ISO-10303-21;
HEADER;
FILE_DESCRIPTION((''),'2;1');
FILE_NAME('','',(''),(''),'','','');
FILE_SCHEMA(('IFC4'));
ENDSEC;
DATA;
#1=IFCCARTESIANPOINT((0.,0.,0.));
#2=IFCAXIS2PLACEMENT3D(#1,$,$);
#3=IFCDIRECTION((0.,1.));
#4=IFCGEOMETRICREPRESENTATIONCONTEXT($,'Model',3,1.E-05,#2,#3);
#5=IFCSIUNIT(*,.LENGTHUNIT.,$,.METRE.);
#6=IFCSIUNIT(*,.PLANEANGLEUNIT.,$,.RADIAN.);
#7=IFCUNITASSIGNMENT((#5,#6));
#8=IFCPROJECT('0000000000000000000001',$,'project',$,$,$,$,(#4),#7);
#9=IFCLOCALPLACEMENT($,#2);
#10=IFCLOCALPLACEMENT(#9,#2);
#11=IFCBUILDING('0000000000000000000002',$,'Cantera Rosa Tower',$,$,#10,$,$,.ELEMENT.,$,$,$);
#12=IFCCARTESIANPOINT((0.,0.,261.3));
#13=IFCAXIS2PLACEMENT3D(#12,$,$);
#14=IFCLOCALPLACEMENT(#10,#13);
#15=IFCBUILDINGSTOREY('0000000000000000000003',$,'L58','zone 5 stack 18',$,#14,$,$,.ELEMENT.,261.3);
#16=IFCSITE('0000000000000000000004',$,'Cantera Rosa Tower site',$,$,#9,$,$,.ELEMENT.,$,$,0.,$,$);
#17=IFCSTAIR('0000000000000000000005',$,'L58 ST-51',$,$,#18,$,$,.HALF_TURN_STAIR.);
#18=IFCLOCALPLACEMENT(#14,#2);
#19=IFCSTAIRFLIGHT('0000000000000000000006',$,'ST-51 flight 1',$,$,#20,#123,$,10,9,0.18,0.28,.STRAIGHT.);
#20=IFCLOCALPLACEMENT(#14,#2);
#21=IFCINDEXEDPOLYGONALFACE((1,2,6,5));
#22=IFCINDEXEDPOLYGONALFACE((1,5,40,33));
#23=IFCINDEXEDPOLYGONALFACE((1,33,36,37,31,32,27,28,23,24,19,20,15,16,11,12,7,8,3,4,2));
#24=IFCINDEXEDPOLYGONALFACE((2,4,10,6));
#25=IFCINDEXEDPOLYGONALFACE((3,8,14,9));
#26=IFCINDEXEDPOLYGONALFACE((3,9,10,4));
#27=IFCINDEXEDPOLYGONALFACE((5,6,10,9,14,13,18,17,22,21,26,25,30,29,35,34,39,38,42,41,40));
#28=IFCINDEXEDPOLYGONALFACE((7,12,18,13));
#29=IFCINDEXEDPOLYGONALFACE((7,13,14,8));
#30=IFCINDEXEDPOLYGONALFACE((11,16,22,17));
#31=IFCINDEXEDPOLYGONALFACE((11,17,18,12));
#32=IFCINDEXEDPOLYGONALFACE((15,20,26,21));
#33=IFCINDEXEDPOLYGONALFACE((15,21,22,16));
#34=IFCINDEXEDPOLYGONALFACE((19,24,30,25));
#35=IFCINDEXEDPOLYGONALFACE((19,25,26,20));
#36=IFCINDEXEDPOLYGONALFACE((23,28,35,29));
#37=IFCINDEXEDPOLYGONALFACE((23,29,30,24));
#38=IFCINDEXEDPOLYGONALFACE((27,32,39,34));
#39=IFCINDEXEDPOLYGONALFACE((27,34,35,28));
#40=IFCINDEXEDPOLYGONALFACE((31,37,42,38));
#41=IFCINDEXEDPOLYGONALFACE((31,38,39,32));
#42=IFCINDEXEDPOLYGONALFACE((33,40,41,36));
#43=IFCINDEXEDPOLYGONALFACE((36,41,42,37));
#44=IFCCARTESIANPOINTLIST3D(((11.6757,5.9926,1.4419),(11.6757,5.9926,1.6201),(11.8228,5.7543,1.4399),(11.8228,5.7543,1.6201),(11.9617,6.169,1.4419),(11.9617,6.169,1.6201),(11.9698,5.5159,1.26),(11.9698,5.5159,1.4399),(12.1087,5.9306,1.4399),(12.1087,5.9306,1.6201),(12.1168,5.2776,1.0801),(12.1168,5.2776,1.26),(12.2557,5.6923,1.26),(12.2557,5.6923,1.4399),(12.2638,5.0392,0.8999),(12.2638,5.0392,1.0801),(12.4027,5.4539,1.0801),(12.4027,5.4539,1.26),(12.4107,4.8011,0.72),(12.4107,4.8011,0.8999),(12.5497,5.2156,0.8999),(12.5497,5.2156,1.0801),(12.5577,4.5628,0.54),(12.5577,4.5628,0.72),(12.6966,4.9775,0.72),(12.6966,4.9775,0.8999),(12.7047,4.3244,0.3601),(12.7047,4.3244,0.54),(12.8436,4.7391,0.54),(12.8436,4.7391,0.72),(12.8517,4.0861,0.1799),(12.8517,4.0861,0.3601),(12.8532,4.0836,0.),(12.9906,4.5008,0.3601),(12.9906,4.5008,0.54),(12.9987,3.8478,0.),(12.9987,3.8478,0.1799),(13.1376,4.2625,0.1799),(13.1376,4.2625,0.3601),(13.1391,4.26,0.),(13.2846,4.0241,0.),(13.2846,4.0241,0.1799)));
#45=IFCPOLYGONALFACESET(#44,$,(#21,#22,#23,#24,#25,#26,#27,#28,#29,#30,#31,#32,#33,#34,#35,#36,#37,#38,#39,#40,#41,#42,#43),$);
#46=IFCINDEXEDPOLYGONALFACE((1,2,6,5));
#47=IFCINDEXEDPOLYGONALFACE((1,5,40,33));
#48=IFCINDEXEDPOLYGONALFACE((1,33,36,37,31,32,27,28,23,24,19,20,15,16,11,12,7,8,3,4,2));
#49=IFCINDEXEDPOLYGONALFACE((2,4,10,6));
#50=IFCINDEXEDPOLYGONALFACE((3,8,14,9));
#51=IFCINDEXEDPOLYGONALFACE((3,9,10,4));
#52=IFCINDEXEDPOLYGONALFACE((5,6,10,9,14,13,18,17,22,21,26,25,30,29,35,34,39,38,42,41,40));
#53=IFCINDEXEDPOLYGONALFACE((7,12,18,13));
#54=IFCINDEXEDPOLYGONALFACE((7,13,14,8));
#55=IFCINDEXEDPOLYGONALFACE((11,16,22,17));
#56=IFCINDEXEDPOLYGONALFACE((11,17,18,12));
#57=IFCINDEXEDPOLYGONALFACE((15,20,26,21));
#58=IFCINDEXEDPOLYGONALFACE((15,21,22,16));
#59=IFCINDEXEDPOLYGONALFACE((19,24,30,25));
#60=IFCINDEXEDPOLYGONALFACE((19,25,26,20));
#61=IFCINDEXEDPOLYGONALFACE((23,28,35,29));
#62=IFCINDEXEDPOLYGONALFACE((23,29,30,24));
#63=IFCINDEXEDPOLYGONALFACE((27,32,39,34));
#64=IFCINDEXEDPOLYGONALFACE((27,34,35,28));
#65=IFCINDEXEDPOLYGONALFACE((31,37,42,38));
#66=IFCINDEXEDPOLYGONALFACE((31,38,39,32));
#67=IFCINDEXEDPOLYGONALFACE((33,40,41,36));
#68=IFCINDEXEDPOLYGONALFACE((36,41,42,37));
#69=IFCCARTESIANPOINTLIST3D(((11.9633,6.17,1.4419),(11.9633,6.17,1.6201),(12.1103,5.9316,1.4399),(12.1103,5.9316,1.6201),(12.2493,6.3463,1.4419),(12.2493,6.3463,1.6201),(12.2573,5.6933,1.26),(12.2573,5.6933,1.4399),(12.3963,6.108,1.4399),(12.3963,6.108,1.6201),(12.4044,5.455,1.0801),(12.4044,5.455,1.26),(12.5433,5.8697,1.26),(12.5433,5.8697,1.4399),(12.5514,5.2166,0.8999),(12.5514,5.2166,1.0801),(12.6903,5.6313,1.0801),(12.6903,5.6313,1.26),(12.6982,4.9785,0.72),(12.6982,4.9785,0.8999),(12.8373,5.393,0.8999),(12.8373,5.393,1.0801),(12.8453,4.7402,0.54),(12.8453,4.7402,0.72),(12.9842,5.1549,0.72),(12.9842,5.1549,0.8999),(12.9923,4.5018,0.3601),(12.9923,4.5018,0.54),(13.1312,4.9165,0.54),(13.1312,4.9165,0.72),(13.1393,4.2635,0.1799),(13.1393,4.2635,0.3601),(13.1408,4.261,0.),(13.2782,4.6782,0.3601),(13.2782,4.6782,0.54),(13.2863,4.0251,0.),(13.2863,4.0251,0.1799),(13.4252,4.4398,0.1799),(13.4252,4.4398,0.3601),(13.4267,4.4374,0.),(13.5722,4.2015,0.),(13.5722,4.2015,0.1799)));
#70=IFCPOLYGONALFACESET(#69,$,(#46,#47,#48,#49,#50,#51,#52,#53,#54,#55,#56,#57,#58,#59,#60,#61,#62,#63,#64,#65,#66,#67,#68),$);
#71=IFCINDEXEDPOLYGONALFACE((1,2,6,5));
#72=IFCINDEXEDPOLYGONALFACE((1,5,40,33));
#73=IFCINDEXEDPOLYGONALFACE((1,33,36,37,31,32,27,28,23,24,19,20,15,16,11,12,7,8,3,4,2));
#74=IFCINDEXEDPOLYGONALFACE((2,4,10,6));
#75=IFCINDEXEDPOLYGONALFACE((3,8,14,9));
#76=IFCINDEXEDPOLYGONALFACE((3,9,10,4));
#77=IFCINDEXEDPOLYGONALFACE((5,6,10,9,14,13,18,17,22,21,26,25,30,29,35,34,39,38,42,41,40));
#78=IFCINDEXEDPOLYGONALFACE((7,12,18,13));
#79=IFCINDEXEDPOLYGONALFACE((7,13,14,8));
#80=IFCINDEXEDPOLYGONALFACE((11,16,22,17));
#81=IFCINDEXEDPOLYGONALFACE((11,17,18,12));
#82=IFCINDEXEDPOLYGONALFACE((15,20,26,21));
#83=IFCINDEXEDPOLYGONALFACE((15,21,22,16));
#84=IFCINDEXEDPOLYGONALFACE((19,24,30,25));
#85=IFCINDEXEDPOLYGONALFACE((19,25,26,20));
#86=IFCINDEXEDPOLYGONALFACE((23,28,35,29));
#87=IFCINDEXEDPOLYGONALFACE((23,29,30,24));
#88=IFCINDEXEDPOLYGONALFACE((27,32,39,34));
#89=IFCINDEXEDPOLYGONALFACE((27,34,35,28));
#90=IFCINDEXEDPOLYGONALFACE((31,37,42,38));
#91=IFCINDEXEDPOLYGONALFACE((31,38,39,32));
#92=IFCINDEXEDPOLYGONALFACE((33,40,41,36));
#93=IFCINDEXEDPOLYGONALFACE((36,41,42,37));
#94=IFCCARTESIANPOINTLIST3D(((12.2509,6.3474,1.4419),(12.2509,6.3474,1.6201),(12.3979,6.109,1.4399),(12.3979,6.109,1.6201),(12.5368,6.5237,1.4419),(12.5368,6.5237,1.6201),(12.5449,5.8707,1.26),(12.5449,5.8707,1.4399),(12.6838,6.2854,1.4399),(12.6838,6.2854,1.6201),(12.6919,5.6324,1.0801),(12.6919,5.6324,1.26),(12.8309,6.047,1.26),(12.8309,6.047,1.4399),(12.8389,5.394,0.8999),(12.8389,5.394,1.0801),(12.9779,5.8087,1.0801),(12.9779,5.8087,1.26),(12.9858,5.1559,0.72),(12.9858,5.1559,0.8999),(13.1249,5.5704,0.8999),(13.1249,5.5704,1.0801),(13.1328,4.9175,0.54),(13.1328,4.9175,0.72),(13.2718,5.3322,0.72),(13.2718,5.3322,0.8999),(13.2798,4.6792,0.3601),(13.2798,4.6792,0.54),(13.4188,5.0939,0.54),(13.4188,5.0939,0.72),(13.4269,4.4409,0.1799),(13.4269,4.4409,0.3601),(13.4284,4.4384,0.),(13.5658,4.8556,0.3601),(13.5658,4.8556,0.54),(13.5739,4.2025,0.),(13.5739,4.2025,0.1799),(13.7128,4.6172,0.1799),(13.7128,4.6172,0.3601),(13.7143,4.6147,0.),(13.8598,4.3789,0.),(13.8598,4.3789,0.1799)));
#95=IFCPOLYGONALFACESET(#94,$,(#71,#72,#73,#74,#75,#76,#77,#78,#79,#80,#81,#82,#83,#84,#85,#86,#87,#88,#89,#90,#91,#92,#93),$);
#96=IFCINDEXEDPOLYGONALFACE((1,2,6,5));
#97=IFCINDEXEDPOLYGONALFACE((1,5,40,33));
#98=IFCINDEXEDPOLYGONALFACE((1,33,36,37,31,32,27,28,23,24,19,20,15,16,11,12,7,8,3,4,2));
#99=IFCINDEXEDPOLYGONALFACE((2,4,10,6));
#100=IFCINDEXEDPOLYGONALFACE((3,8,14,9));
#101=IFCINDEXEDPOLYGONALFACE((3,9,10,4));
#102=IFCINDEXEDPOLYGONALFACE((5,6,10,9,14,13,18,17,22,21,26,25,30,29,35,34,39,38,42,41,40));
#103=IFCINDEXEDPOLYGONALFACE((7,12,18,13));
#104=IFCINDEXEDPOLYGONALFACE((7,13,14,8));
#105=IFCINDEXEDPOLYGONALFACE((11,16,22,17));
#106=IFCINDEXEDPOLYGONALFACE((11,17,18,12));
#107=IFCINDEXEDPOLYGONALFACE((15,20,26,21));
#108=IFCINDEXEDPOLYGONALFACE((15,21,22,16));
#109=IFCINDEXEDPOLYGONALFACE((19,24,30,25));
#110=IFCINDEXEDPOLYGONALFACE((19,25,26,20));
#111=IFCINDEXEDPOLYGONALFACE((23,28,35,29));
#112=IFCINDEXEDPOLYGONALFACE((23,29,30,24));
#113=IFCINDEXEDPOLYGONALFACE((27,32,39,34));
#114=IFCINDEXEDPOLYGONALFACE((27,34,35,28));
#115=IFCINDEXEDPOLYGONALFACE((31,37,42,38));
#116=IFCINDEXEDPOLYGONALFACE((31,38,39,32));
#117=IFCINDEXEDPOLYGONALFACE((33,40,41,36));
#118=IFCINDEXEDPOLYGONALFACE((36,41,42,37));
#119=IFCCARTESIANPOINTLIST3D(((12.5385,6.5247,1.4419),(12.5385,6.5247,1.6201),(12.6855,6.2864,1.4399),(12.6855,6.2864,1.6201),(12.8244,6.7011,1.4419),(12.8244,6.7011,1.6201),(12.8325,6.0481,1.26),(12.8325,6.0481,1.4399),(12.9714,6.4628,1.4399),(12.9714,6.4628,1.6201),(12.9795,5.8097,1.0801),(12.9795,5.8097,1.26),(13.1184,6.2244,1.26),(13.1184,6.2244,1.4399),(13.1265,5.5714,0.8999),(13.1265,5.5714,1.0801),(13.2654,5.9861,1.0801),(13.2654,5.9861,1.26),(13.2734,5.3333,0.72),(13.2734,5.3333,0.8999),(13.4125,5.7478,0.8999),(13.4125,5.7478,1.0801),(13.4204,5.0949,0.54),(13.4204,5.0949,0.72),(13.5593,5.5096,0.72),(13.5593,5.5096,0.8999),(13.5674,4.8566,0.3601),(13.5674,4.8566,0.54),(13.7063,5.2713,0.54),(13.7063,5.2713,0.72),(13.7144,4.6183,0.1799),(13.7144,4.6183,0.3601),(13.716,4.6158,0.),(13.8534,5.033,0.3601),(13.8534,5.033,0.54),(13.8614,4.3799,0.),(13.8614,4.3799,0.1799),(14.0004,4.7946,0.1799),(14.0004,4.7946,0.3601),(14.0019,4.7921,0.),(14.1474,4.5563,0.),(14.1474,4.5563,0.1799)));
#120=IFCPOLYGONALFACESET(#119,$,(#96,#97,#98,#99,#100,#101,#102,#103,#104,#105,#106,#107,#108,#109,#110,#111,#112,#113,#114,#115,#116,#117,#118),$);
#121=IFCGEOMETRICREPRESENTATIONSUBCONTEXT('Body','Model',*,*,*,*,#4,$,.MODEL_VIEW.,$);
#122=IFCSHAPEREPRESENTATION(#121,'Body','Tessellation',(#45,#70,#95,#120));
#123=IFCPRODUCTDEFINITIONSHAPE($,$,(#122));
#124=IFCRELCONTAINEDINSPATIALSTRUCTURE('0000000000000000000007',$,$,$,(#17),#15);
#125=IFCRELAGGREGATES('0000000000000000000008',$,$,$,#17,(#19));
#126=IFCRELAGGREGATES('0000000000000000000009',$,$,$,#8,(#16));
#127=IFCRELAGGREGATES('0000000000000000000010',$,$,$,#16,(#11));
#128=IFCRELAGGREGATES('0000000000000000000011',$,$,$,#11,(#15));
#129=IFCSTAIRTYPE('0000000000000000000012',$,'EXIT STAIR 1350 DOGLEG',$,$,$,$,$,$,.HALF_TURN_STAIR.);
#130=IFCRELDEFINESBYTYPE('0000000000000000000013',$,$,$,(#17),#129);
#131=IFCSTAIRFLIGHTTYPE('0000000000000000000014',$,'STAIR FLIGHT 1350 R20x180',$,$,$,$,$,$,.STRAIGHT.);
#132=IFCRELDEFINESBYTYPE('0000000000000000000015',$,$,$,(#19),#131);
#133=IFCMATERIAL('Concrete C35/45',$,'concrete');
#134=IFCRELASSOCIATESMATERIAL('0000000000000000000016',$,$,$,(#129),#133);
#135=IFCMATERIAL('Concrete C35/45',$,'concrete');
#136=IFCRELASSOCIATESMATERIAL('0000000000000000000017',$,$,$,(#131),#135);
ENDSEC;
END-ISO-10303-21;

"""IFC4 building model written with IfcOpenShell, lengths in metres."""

from ifc_helpers import new_model, si_unit, direction, frame, origin, place, context, subcontext, project, spatial, polyline, outline, extrude, material, type_object, element, aggregate, save


model = new_model("IFC4")

# Units and contexts
model_context = context("Model", 3, precision=1e-05, world=origin(), true_north=direction((0.0, 1.0)))
body_context = subcontext(model_context, "Body", "Model", "MODEL_VIEW")
ifc_project = project(units=[si_unit("LENGTHUNIT", "METRE"), si_unit("PLANEANGLEUNIT", "RADIAN")], contexts=[model_context])

# Site, building, storey
site_placement = place(None, origin())
site = spatial("IfcSite", under=ifc_project, at=site_placement, Name="Cantera Rosa Tower site", CompositionType="ELEMENT", RefElevation=0.0)
building_placement = place(site_placement, origin())
building = spatial("IfcBuilding", under=site, at=building_placement, Name="Cantera Rosa Tower", CompositionType="ELEMENT")
storey_placement = place(building_placement, frame((0.0, 0.0, 261.3)))
storey = spatial("IfcBuildingStorey", under=building, at=storey_placement, Name="L58", Description="zone 5 stack 18", CompositionType="ELEMENT", Elevation=261.3)

# Stair, stair flight
ifc_material_1 = material(Name="Concrete C35/45", Category="concrete")
stair_type = type_object("IfcStairType", Name="EXIT STAIR 1350 DOGLEG", PredefinedType="HALF_TURN_STAIR", material=ifc_material_1)
stair_placement = place(storey_placement, origin())
stair = element("IfcStair", 1, at=stair_placement, inside=storey, type_object=stair_type, Name="L58 ST-51", PredefinedType="HALF_TURN_STAIR")
ifc_material_2 = material(Name="Concrete C35/45", Category="concrete")
stair_flight_type = type_object("IfcStairFlightType", Name="STAIR FLIGHT 1350 R20x180", PredefinedType="STRAIGHT", material=ifc_material_2)
stair_flight_placement = place(storey_placement, frame((13.5732, 4.2021, 0.0), z_axis=(0.0, 0.0, 1.0), x_axis=(-0.524977, 0.851117, 0.0)))
stair_flight = element("IfcStairFlight", 2, at=stair_flight_placement, type_object=stair_flight_type, Name="ST-51 flight 1", NumberOfRisers=10, NumberOfTreads=9, PredefinedType="STRAIGHT", RiserHeight=0.18, TreadLength=0.28, context=body_context, shape_type="SweptSolid", body=[
    extrude(outline(polyline([(0.0, 0.0), (0.0, 0.1799), (0.28, 0.1799), (0.28, 0.3601), (0.5601, 0.3601), (0.5601, 0.54), (0.8401, 0.54), (0.8401, 0.72), (1.1201, 0.72), (1.1201, 0.8999), (1.3999, 0.8999), (1.3999, 1.0801), (1.6799, 1.0801), (1.6799, 1.26), (1.96, 1.26), (1.96, 1.4399), (2.24, 1.4399), (2.24, 1.6201), (2.52, 1.6201), (2.52, 1.8), (2.52, 1.4419), (0.2771, 0.0), (0.0, 0.0)])), frame((0.0, 0.675, 0.0), z_axis=(0.0, -1.0, 0.0), x_axis=(1.0, 0.0, 0.0)), (0.0, 0.0, 1.0), 0.3359),
    extrude(outline(polyline([(0.0, 0.0), (0.0, 0.1799), (0.28, 0.1799), (0.28, 0.3601), (0.5601, 0.3601), (0.5601, 0.54), (0.8401, 0.54), (0.8401, 0.72), (1.1201, 0.72), (1.1201, 0.8999), (1.3999, 0.8999), (1.3999, 1.0801), (1.6799, 1.0801), (1.6799, 1.26), (1.96, 1.26), (1.96, 1.4399), (2.24, 1.4399), (2.24, 1.6201), (2.52, 1.6201), (2.52, 1.8), (2.52, 1.4419), (0.2771, 0.0), (0.0, 0.0)])), frame((0.0, 0.3372, 0.0), z_axis=(0.0, -1.0, 0.0), x_axis=(1.0, 0.0, 0.0)), (0.0, 0.0, 1.0), 0.3359),
    extrude(outline(polyline([(0.0, 0.0), (0.0, 0.1799), (0.28, 0.1799), (0.28, 0.3601), (0.5601, 0.3601), (0.5601, 0.54), (0.8401, 0.54), (0.8401, 0.72), (1.1201, 0.72), (1.1201, 0.8999), (1.3999, 0.8999), (1.3999, 1.0801), (1.6799, 1.0801), (1.6799, 1.26), (1.96, 1.26), (1.96, 1.4399), (2.24, 1.4399), (2.24, 1.6201), (2.52, 1.6201), (2.52, 1.8), (2.52, 1.4419), (0.2771, 0.0), (0.0, 0.0)])), frame((0.0, -0.0007, 0.0), z_axis=(0.0, -1.0, 0.0), x_axis=(1.0, 0.0, 0.0)), (0.0, 0.0, 1.0), 0.3359),
    extrude(outline(polyline([(0.0, 0.0), (0.0, 0.1799), (0.28, 0.1799), (0.28, 0.3601), (0.5601, 0.3601), (0.5601, 0.54), (0.8401, 0.54), (0.8401, 0.72), (1.1201, 0.72), (1.1201, 0.8999), (1.3999, 0.8999), (1.3999, 1.0801), (1.6799, 1.0801), (1.6799, 1.26), (1.96, 1.26), (1.96, 1.4399), (2.24, 1.4399), (2.24, 1.6201), (2.52, 1.6201), (2.52, 1.8), (2.52, 1.4419), (0.2771, 0.0), (0.0, 0.0)])), frame((0.0, -0.3386, 0.0), z_axis=(0.0, -1.0, 0.0), x_axis=(1.0, 0.0, 0.0)), (0.0, 0.0, 1.0), 0.3359),
])
aggregate(stair, [stair_flight])

save(model, "model.ifc")
